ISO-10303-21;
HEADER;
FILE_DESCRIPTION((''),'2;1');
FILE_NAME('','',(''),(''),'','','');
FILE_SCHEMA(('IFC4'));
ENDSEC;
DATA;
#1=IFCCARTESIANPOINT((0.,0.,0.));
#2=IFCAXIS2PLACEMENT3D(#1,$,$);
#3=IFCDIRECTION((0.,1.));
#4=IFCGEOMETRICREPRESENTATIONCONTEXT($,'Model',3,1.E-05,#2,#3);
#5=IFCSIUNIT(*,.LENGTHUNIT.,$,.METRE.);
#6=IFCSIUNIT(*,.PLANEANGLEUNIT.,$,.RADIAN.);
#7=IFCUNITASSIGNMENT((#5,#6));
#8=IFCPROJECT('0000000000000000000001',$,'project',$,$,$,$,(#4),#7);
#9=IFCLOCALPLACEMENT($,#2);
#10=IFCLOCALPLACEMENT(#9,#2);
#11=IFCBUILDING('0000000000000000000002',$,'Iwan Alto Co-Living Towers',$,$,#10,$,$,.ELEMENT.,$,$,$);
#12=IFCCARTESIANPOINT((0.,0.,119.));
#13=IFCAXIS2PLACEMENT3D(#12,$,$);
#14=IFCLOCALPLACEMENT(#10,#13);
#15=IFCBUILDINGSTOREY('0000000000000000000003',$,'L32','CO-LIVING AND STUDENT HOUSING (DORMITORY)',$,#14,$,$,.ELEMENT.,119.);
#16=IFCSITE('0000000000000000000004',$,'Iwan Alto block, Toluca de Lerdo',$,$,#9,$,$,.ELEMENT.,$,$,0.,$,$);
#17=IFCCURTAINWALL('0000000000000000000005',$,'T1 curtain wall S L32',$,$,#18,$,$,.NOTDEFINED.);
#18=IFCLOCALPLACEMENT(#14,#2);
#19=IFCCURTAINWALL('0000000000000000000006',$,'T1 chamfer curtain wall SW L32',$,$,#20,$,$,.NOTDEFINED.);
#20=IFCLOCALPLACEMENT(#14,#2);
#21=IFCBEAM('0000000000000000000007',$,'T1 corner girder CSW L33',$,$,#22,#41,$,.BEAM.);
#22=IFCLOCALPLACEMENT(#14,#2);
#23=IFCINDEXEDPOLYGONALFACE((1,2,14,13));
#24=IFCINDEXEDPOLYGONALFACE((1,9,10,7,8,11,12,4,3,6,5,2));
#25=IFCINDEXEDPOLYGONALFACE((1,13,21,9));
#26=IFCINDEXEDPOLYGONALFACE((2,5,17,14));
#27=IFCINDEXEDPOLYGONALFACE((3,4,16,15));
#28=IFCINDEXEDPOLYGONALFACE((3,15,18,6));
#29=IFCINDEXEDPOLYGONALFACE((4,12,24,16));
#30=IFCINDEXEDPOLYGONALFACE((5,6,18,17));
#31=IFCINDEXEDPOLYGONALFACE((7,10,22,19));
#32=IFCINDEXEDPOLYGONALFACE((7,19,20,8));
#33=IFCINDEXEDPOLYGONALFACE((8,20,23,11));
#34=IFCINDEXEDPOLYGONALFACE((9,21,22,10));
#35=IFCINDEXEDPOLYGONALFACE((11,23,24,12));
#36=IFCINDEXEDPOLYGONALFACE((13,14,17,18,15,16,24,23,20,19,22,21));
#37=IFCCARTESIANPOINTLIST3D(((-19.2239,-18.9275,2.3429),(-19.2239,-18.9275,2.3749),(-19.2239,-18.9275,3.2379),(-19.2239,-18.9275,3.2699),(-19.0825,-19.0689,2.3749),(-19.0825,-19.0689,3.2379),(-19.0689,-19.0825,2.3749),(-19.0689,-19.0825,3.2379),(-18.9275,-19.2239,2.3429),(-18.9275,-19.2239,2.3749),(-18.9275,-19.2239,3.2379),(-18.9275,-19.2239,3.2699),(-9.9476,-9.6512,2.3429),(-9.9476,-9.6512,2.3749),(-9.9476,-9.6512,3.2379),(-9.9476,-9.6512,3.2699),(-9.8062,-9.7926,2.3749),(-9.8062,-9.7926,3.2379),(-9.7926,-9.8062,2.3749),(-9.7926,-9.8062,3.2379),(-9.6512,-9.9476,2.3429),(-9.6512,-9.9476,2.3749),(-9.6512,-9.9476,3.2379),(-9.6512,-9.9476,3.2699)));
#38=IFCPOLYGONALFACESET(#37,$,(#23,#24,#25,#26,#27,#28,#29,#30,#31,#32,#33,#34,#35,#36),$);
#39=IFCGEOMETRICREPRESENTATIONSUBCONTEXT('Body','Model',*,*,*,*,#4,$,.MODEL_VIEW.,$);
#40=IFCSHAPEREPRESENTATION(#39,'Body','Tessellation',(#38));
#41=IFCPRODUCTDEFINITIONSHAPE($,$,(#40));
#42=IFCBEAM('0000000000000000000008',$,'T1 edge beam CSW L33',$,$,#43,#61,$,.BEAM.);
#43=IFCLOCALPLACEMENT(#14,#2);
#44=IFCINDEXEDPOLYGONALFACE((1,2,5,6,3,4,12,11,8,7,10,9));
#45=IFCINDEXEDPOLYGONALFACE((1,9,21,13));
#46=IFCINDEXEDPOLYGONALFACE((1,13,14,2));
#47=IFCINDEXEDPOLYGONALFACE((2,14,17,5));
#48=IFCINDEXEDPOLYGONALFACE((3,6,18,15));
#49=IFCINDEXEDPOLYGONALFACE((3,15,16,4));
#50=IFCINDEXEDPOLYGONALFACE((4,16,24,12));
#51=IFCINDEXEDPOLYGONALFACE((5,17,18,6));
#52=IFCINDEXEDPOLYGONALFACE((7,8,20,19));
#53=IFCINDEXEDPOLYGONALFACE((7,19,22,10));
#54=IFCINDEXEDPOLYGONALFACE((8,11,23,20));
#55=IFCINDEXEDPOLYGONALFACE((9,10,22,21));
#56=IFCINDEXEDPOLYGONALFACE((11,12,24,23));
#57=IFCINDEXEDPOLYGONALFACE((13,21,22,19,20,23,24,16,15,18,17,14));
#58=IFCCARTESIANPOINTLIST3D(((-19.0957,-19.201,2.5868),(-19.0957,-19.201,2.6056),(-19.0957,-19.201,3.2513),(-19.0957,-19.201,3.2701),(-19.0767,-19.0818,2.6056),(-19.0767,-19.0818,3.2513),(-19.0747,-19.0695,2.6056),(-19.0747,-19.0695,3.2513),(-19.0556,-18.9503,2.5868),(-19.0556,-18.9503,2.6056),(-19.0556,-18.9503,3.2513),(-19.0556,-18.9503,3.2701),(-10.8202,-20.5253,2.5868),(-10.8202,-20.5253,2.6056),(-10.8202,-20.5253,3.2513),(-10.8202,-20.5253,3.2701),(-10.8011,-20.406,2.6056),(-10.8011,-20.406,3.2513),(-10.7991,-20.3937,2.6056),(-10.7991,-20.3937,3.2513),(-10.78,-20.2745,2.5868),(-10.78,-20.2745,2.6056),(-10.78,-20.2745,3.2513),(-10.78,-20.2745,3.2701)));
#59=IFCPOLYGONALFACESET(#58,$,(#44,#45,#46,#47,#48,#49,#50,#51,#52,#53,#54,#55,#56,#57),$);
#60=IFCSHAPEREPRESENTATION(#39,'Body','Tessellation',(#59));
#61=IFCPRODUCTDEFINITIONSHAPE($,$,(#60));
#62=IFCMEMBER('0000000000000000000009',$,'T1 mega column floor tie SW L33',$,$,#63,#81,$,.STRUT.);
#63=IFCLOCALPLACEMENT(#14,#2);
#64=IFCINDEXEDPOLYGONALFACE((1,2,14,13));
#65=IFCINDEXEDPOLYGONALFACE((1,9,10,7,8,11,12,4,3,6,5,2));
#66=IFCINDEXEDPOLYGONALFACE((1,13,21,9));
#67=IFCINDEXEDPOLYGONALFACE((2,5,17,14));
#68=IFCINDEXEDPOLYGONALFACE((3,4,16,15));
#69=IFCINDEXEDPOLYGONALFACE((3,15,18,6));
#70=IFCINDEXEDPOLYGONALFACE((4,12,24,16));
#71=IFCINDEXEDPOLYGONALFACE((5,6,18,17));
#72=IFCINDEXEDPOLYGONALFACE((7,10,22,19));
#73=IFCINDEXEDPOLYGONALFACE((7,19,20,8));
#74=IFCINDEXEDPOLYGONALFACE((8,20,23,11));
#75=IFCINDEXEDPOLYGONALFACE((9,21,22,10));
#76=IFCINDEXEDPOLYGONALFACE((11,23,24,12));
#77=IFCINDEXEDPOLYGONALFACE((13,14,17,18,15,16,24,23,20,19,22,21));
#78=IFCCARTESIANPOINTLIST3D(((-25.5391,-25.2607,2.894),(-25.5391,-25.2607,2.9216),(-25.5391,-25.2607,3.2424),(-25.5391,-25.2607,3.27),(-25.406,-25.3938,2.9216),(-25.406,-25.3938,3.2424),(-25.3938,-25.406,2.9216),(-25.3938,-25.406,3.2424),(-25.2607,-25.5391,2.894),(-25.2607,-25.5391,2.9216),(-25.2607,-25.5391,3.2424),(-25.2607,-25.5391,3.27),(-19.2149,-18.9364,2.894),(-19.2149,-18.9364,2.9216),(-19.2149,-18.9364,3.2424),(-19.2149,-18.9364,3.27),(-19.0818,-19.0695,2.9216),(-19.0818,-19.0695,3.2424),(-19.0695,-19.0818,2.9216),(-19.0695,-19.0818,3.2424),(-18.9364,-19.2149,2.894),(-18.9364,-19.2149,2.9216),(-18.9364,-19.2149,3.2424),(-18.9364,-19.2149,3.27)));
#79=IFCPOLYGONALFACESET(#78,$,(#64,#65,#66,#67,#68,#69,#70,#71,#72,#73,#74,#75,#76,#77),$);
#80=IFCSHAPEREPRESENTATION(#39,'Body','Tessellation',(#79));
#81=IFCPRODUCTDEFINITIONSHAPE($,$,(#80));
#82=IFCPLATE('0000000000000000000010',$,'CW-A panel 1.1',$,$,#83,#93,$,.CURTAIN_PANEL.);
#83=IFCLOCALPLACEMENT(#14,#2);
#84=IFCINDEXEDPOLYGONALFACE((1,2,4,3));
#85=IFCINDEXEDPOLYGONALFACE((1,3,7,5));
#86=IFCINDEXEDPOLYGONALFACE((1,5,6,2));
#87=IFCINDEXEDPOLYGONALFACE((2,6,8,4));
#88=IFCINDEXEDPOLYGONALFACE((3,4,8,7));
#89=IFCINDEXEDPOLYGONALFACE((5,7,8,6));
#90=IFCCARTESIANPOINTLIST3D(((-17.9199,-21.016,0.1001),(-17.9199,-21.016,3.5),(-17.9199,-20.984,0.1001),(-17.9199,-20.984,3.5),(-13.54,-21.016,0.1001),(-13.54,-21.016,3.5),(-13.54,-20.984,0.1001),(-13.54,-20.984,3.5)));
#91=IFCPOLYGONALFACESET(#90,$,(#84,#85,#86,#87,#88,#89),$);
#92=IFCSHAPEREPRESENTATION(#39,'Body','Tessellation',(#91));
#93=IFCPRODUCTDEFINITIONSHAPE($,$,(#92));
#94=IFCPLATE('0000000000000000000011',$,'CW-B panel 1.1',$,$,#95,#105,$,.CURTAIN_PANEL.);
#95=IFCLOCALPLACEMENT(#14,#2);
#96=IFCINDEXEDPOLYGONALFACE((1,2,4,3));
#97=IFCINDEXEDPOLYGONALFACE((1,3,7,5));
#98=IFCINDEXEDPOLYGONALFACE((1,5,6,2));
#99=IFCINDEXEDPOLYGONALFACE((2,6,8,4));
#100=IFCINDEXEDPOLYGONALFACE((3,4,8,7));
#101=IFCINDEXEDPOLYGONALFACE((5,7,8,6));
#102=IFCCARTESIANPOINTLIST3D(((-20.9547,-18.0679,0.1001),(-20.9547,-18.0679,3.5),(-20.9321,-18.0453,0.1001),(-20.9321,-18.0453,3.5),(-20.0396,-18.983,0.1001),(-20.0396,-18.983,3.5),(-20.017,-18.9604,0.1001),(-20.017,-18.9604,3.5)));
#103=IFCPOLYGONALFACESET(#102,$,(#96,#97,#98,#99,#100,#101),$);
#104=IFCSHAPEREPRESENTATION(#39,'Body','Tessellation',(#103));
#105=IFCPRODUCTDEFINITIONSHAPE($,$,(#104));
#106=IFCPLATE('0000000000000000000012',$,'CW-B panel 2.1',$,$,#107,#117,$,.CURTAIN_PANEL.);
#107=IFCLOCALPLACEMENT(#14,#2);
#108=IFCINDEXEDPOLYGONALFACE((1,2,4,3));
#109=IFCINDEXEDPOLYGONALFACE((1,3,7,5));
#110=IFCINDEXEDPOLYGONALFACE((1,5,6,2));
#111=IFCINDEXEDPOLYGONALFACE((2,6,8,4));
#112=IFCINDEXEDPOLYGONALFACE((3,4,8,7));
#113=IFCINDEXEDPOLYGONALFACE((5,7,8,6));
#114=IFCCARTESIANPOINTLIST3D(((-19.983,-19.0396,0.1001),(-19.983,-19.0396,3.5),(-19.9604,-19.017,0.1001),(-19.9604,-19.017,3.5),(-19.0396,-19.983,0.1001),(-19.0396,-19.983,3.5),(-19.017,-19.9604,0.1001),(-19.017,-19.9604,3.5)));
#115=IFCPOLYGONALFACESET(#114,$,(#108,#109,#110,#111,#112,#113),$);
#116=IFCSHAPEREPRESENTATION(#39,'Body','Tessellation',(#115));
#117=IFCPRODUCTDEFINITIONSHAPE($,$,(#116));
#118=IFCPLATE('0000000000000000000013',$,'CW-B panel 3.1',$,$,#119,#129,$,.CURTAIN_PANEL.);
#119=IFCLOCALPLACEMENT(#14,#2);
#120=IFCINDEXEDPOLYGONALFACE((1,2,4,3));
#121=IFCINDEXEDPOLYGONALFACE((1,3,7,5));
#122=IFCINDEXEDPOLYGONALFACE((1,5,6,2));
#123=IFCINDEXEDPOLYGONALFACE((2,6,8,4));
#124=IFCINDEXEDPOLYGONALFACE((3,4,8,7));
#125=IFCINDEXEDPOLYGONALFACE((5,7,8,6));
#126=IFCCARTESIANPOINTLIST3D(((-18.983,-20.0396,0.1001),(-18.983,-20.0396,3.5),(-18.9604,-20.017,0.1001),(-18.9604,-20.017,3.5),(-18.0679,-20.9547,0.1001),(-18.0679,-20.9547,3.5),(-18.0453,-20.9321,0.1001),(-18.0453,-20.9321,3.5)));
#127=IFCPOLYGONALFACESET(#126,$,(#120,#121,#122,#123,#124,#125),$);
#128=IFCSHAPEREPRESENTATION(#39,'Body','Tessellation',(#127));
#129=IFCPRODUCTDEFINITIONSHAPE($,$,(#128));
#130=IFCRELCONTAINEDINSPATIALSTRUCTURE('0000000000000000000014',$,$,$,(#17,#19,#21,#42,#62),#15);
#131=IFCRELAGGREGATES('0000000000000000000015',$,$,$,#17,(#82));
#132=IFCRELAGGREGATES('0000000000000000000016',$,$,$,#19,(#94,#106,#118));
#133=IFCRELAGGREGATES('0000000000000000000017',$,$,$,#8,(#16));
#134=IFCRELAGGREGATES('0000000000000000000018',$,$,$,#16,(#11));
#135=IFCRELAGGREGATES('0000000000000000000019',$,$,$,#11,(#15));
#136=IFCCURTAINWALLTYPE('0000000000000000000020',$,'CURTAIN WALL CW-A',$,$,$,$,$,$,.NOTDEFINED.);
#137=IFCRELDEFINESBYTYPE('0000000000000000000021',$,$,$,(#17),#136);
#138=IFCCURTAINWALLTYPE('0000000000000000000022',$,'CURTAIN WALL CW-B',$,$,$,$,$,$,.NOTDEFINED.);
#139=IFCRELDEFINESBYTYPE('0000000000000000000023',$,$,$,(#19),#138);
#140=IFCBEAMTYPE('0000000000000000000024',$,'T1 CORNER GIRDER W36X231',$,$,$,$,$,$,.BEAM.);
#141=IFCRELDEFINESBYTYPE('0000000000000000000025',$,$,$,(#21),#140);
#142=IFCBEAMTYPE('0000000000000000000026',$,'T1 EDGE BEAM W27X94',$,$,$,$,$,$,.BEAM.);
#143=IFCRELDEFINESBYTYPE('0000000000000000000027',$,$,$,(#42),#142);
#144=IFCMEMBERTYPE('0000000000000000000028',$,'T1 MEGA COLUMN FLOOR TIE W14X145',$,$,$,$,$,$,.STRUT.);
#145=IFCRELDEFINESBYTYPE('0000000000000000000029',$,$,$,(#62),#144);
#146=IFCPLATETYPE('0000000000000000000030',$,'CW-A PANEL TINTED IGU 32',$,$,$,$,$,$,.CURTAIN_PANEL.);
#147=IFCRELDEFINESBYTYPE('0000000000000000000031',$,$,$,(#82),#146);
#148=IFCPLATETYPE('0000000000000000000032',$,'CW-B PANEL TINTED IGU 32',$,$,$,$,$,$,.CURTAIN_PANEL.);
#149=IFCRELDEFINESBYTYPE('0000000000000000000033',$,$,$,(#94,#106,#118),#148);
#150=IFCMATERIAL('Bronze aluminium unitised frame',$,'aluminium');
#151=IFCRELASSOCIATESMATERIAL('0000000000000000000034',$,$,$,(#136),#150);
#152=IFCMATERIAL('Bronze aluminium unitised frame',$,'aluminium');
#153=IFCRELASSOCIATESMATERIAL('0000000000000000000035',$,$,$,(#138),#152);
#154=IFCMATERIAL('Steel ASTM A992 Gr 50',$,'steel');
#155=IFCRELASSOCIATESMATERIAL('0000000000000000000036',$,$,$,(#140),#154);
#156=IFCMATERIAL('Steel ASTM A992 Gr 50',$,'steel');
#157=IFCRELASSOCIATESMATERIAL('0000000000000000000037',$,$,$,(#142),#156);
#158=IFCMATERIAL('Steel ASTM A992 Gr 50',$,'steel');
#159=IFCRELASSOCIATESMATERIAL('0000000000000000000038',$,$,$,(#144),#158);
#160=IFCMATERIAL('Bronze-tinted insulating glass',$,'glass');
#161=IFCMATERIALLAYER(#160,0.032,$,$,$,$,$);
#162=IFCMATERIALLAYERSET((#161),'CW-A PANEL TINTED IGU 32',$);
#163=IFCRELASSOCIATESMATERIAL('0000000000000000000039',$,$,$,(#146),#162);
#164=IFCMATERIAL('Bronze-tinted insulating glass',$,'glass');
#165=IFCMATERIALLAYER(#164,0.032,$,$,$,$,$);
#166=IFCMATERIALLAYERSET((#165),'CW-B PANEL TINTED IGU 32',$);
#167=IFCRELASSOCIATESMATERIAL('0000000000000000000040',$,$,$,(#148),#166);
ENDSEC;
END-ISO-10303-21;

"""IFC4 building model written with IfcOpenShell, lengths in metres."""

from ifc_helpers import new_model, si_unit, direction, frame, origin, origin_2d, place, context, subcontext, project, spatial, rectangle, i_section, extrude, material, layer, layer_set, material_profile, profile_set, type_object, element, aggregate, save


model = new_model("IFC4")

# Units and contexts
model_context = context("Model", 3, precision=1e-05, world=origin(), true_north=direction((0.0, 1.0)))
body_context = subcontext(model_context, "Body", "Model", "MODEL_VIEW")
ifc_project = project(units=[si_unit("LENGTHUNIT", "METRE"), si_unit("PLANEANGLEUNIT", "RADIAN")], contexts=[model_context])

# Site, building, storey
site_placement = place(None, origin())
site = spatial("IfcSite", under=ifc_project, at=site_placement, Name="Iwan Alto block, Toluca de Lerdo", CompositionType="ELEMENT", RefElevation=0.0)
building_placement = place(site_placement, origin())
building = spatial("IfcBuilding", under=site, at=building_placement, Name="Iwan Alto Co-Living Towers", CompositionType="ELEMENT")
storey_placement = place(building_placement, frame((0.0, 0.0, 119.0)))
storey = spatial("IfcBuildingStorey", under=building, at=storey_placement, Name="L32", Description="CO-LIVING AND STUDENT HOUSING (DORMITORY)", CompositionType="ELEMENT", Elevation=119.0)

# Curtain wall
ifc_material_1 = material(Name="Bronze aluminium unitised frame", Category="aluminium")
curtain_wall_type_1 = type_object("IfcCurtainWallType", Name="CURTAIN WALL CW-A", PredefinedType="NOTDEFINED", material=ifc_material_1)
curtain_wall_1_placement = place(storey_placement, origin())
curtain_wall_1 = element("IfcCurtainWall", 1, at=curtain_wall_1_placement, inside=storey, type_object=curtain_wall_type_1, Name="T1 curtain wall S L32", PredefinedType="NOTDEFINED")

# Curtain wall
ifc_material_2 = material(Name="Bronze aluminium unitised frame", Category="aluminium")
curtain_wall_type_2 = type_object("IfcCurtainWallType", Name="CURTAIN WALL CW-B", PredefinedType="NOTDEFINED", material=ifc_material_2)
curtain_wall_2_placement = place(storey_placement, origin())
curtain_wall_2 = element("IfcCurtainWall", 2, at=curtain_wall_2_placement, inside=storey, type_object=curtain_wall_type_2, Name="T1 chamfer curtain wall SW L32", PredefinedType="NOTDEFINED")

# Beams
ifc_material_3 = material(Name="Steel ASTM A992 Gr 50", Category="steel")
ifc_material_profile_1 = material_profile(ifc_material_3, i_section(OverallWidth=0.4192, OverallDepth=0.927, WebThickness=0.0193, FlangeThickness=0.032, at=origin_2d()), Name="W36X231")
ifc_profile_set_1 = profile_set([ifc_material_profile_1], Name="Steel ASTM A992 Gr 50")
beam_type_1 = type_object("IfcBeamType", Name="T1 CORNER GIRDER W36X231", PredefinedType="BEAM", material=ifc_profile_set_1)
beam_1_placement = place(storey_placement, frame((-19.0757, -19.0757, 2.8064), z_axis=(0.707107, 0.707107, 0.0), x_axis=(-0.707107, 0.707107, 0.0)))
element("IfcBeam", 3, at=beam_1_placement, inside=storey, type_object=beam_type_1, Name="T1 corner girder CSW L33", PredefinedType="BEAM", context=body_context, shape_type="SweptSolid", body=[
    extrude(i_section(OverallWidth=0.4192, OverallDepth=0.927, WebThickness=0.0193, FlangeThickness=0.032, at=origin_2d()), origin(), (0.0, 0.0, 1.0), 13.1187),
])
ifc_material_4 = material(Name="Steel ASTM A992 Gr 50", Category="steel")
ifc_material_profile_2 = material_profile(ifc_material_4, i_section(OverallWidth=0.2539, OverallDepth=0.6833, WebThickness=0.0125, FlangeThickness=0.0188, at=origin_2d()), Name="W27X94")
ifc_profile_set_2 = profile_set([ifc_material_profile_2], Name="Steel ASTM A992 Gr 50")
beam_type_2 = type_object("IfcBeamType", Name="T1 EDGE BEAM W27X94", PredefinedType="BEAM", material=ifc_profile_set_2)
beam_2_placement = place(storey_placement, frame((-19.0757, -19.0757, 2.9285), z_axis=(0.987438, -0.158004, 0.0), x_axis=(0.158004, 0.987438, 0.0)))
element("IfcBeam", 4, at=beam_2_placement, inside=storey, type_object=beam_type_2, Name="T1 edge beam CSW L33", PredefinedType="BEAM", context=body_context, shape_type="SweptSolid", body=[
    extrude(i_section(OverallWidth=0.2539, OverallDepth=0.6833, WebThickness=0.0125, FlangeThickness=0.0188, at=origin_2d()), origin(), (0.0, 0.0, 1.0), 8.3809),
])

# Member
ifc_material_5 = material(Name="Steel ASTM A992 Gr 50", Category="steel")
ifc_material_profile_3 = material_profile(ifc_material_5, i_section(OverallWidth=0.3938, OverallDepth=0.376, WebThickness=0.0173, FlangeThickness=0.0276, at=origin_2d()), Name="W14X145")
ifc_profile_set_3 = profile_set([ifc_material_profile_3], Name="Steel ASTM A992 Gr 50")
member_type_1 = type_object("IfcMemberType", Name="T1 MEGA COLUMN FLOOR TIE W14X145", PredefinedType="STRUT", material=ifc_profile_set_3)
member_1_placement = place(storey_placement, frame((-25.3999, -25.3999, 3.082), z_axis=(0.707107, 0.707107, 0.0), x_axis=(-0.707107, 0.707107, 0.0)))
element("IfcMember", 5, at=member_1_placement, inside=storey, type_object=member_type_1, Name="T1 mega column floor tie SW L33", PredefinedType="STRUT", context=body_context, shape_type="SweptSolid", body=[
    extrude(i_section(OverallWidth=0.3938, OverallDepth=0.376, WebThickness=0.0173, FlangeThickness=0.0276, at=origin_2d()), origin(), (0.0, 0.0, 1.0), 8.9438),
])

# Plates
ifc_material_6 = material(Name="Bronze-tinted insulating glass", Category="glass")
ifc_layer_1 = layer(ifc_material_6, 0.032)
ifc_layer_set_1 = layer_set([ifc_layer_1], Name="CW-A PANEL TINTED IGU 32")
plate_type_1 = type_object("IfcPlateType", Name="CW-A PANEL TINTED IGU 32", PredefinedType="CURTAIN_PANEL", material=ifc_layer_set_1)
plate_1_placement = place(storey_placement, frame((-15.73, -21.0, 0.1001), z_axis=(0.0, 0.0, 1.0), x_axis=(1.0, 0.0, 0.0)))
plate_1 = element("IfcPlate", 6, at=plate_1_placement, type_object=plate_type_1, Name="CW-A panel 1.1", PredefinedType="CURTAIN_PANEL", context=body_context, shape_type="SweptSolid", body=[
    extrude(rectangle(XDim=4.3799, YDim=0.032, at=origin_2d()), origin(), (0.0, 0.0, 1.0), 3.3999),
])
aggregate(curtain_wall_1, [plate_1])
ifc_material_7 = material(Name="Bronze-tinted insulating glass", Category="glass")
ifc_layer_2 = layer(ifc_material_7, 0.032)
ifc_layer_set_2 = layer_set([ifc_layer_2], Name="CW-B PANEL TINTED IGU 32")
plate_type_2 = type_object("IfcPlateType", Name="CW-B PANEL TINTED IGU 32", PredefinedType="CURTAIN_PANEL", material=ifc_layer_set_2)
plate_2_placement = place(storey_placement, frame((-20.4858, -18.5142, 0.1001), z_axis=(0.0, 0.0, 1.0), x_axis=(0.707107, -0.707107, 0.0)))
plate_2 = element("IfcPlate", 7, at=plate_2_placement, type_object=plate_type_2, Name="CW-B panel 1.1", PredefinedType="CURTAIN_PANEL", context=body_context, shape_type="SweptSolid", body=[
    extrude(rectangle(XDim=1.2942, YDim=0.032, at=origin_2d()), origin(), (0.0, 0.0, 1.0), 3.3999),
])
plate_3_placement = place(storey_placement, frame((-19.5, -19.5, 0.1001), z_axis=(0.0, 0.0, 1.0), x_axis=(0.707107, -0.707107, 0.0)))
plate_3 = element("IfcPlate", 8, at=plate_3_placement, type_object=plate_type_2, Name="CW-B panel 2.1", PredefinedType="CURTAIN_PANEL", context=body_context, shape_type="SweptSolid", body=[
    extrude(rectangle(XDim=1.3342, YDim=0.032, at=origin_2d()), origin(), (0.0, 0.0, 1.0), 3.3999),
])
plate_4_placement = place(storey_placement, frame((-18.5142, -20.4858, 0.1001), z_axis=(0.0, 0.0, 1.0), x_axis=(0.707107, -0.707107, 0.0)))
plate_4 = element("IfcPlate", 9, at=plate_4_placement, type_object=plate_type_2, Name="CW-B panel 3.1", PredefinedType="CURTAIN_PANEL", context=body_context, shape_type="SweptSolid", body=[
    extrude(rectangle(XDim=1.2942, YDim=0.032, at=origin_2d()), origin(), (0.0, 0.0, 1.0), 3.3999),
])
aggregate(curtain_wall_2, [plate_2, plate_3, plate_4])

save(model, "model.ifc")
